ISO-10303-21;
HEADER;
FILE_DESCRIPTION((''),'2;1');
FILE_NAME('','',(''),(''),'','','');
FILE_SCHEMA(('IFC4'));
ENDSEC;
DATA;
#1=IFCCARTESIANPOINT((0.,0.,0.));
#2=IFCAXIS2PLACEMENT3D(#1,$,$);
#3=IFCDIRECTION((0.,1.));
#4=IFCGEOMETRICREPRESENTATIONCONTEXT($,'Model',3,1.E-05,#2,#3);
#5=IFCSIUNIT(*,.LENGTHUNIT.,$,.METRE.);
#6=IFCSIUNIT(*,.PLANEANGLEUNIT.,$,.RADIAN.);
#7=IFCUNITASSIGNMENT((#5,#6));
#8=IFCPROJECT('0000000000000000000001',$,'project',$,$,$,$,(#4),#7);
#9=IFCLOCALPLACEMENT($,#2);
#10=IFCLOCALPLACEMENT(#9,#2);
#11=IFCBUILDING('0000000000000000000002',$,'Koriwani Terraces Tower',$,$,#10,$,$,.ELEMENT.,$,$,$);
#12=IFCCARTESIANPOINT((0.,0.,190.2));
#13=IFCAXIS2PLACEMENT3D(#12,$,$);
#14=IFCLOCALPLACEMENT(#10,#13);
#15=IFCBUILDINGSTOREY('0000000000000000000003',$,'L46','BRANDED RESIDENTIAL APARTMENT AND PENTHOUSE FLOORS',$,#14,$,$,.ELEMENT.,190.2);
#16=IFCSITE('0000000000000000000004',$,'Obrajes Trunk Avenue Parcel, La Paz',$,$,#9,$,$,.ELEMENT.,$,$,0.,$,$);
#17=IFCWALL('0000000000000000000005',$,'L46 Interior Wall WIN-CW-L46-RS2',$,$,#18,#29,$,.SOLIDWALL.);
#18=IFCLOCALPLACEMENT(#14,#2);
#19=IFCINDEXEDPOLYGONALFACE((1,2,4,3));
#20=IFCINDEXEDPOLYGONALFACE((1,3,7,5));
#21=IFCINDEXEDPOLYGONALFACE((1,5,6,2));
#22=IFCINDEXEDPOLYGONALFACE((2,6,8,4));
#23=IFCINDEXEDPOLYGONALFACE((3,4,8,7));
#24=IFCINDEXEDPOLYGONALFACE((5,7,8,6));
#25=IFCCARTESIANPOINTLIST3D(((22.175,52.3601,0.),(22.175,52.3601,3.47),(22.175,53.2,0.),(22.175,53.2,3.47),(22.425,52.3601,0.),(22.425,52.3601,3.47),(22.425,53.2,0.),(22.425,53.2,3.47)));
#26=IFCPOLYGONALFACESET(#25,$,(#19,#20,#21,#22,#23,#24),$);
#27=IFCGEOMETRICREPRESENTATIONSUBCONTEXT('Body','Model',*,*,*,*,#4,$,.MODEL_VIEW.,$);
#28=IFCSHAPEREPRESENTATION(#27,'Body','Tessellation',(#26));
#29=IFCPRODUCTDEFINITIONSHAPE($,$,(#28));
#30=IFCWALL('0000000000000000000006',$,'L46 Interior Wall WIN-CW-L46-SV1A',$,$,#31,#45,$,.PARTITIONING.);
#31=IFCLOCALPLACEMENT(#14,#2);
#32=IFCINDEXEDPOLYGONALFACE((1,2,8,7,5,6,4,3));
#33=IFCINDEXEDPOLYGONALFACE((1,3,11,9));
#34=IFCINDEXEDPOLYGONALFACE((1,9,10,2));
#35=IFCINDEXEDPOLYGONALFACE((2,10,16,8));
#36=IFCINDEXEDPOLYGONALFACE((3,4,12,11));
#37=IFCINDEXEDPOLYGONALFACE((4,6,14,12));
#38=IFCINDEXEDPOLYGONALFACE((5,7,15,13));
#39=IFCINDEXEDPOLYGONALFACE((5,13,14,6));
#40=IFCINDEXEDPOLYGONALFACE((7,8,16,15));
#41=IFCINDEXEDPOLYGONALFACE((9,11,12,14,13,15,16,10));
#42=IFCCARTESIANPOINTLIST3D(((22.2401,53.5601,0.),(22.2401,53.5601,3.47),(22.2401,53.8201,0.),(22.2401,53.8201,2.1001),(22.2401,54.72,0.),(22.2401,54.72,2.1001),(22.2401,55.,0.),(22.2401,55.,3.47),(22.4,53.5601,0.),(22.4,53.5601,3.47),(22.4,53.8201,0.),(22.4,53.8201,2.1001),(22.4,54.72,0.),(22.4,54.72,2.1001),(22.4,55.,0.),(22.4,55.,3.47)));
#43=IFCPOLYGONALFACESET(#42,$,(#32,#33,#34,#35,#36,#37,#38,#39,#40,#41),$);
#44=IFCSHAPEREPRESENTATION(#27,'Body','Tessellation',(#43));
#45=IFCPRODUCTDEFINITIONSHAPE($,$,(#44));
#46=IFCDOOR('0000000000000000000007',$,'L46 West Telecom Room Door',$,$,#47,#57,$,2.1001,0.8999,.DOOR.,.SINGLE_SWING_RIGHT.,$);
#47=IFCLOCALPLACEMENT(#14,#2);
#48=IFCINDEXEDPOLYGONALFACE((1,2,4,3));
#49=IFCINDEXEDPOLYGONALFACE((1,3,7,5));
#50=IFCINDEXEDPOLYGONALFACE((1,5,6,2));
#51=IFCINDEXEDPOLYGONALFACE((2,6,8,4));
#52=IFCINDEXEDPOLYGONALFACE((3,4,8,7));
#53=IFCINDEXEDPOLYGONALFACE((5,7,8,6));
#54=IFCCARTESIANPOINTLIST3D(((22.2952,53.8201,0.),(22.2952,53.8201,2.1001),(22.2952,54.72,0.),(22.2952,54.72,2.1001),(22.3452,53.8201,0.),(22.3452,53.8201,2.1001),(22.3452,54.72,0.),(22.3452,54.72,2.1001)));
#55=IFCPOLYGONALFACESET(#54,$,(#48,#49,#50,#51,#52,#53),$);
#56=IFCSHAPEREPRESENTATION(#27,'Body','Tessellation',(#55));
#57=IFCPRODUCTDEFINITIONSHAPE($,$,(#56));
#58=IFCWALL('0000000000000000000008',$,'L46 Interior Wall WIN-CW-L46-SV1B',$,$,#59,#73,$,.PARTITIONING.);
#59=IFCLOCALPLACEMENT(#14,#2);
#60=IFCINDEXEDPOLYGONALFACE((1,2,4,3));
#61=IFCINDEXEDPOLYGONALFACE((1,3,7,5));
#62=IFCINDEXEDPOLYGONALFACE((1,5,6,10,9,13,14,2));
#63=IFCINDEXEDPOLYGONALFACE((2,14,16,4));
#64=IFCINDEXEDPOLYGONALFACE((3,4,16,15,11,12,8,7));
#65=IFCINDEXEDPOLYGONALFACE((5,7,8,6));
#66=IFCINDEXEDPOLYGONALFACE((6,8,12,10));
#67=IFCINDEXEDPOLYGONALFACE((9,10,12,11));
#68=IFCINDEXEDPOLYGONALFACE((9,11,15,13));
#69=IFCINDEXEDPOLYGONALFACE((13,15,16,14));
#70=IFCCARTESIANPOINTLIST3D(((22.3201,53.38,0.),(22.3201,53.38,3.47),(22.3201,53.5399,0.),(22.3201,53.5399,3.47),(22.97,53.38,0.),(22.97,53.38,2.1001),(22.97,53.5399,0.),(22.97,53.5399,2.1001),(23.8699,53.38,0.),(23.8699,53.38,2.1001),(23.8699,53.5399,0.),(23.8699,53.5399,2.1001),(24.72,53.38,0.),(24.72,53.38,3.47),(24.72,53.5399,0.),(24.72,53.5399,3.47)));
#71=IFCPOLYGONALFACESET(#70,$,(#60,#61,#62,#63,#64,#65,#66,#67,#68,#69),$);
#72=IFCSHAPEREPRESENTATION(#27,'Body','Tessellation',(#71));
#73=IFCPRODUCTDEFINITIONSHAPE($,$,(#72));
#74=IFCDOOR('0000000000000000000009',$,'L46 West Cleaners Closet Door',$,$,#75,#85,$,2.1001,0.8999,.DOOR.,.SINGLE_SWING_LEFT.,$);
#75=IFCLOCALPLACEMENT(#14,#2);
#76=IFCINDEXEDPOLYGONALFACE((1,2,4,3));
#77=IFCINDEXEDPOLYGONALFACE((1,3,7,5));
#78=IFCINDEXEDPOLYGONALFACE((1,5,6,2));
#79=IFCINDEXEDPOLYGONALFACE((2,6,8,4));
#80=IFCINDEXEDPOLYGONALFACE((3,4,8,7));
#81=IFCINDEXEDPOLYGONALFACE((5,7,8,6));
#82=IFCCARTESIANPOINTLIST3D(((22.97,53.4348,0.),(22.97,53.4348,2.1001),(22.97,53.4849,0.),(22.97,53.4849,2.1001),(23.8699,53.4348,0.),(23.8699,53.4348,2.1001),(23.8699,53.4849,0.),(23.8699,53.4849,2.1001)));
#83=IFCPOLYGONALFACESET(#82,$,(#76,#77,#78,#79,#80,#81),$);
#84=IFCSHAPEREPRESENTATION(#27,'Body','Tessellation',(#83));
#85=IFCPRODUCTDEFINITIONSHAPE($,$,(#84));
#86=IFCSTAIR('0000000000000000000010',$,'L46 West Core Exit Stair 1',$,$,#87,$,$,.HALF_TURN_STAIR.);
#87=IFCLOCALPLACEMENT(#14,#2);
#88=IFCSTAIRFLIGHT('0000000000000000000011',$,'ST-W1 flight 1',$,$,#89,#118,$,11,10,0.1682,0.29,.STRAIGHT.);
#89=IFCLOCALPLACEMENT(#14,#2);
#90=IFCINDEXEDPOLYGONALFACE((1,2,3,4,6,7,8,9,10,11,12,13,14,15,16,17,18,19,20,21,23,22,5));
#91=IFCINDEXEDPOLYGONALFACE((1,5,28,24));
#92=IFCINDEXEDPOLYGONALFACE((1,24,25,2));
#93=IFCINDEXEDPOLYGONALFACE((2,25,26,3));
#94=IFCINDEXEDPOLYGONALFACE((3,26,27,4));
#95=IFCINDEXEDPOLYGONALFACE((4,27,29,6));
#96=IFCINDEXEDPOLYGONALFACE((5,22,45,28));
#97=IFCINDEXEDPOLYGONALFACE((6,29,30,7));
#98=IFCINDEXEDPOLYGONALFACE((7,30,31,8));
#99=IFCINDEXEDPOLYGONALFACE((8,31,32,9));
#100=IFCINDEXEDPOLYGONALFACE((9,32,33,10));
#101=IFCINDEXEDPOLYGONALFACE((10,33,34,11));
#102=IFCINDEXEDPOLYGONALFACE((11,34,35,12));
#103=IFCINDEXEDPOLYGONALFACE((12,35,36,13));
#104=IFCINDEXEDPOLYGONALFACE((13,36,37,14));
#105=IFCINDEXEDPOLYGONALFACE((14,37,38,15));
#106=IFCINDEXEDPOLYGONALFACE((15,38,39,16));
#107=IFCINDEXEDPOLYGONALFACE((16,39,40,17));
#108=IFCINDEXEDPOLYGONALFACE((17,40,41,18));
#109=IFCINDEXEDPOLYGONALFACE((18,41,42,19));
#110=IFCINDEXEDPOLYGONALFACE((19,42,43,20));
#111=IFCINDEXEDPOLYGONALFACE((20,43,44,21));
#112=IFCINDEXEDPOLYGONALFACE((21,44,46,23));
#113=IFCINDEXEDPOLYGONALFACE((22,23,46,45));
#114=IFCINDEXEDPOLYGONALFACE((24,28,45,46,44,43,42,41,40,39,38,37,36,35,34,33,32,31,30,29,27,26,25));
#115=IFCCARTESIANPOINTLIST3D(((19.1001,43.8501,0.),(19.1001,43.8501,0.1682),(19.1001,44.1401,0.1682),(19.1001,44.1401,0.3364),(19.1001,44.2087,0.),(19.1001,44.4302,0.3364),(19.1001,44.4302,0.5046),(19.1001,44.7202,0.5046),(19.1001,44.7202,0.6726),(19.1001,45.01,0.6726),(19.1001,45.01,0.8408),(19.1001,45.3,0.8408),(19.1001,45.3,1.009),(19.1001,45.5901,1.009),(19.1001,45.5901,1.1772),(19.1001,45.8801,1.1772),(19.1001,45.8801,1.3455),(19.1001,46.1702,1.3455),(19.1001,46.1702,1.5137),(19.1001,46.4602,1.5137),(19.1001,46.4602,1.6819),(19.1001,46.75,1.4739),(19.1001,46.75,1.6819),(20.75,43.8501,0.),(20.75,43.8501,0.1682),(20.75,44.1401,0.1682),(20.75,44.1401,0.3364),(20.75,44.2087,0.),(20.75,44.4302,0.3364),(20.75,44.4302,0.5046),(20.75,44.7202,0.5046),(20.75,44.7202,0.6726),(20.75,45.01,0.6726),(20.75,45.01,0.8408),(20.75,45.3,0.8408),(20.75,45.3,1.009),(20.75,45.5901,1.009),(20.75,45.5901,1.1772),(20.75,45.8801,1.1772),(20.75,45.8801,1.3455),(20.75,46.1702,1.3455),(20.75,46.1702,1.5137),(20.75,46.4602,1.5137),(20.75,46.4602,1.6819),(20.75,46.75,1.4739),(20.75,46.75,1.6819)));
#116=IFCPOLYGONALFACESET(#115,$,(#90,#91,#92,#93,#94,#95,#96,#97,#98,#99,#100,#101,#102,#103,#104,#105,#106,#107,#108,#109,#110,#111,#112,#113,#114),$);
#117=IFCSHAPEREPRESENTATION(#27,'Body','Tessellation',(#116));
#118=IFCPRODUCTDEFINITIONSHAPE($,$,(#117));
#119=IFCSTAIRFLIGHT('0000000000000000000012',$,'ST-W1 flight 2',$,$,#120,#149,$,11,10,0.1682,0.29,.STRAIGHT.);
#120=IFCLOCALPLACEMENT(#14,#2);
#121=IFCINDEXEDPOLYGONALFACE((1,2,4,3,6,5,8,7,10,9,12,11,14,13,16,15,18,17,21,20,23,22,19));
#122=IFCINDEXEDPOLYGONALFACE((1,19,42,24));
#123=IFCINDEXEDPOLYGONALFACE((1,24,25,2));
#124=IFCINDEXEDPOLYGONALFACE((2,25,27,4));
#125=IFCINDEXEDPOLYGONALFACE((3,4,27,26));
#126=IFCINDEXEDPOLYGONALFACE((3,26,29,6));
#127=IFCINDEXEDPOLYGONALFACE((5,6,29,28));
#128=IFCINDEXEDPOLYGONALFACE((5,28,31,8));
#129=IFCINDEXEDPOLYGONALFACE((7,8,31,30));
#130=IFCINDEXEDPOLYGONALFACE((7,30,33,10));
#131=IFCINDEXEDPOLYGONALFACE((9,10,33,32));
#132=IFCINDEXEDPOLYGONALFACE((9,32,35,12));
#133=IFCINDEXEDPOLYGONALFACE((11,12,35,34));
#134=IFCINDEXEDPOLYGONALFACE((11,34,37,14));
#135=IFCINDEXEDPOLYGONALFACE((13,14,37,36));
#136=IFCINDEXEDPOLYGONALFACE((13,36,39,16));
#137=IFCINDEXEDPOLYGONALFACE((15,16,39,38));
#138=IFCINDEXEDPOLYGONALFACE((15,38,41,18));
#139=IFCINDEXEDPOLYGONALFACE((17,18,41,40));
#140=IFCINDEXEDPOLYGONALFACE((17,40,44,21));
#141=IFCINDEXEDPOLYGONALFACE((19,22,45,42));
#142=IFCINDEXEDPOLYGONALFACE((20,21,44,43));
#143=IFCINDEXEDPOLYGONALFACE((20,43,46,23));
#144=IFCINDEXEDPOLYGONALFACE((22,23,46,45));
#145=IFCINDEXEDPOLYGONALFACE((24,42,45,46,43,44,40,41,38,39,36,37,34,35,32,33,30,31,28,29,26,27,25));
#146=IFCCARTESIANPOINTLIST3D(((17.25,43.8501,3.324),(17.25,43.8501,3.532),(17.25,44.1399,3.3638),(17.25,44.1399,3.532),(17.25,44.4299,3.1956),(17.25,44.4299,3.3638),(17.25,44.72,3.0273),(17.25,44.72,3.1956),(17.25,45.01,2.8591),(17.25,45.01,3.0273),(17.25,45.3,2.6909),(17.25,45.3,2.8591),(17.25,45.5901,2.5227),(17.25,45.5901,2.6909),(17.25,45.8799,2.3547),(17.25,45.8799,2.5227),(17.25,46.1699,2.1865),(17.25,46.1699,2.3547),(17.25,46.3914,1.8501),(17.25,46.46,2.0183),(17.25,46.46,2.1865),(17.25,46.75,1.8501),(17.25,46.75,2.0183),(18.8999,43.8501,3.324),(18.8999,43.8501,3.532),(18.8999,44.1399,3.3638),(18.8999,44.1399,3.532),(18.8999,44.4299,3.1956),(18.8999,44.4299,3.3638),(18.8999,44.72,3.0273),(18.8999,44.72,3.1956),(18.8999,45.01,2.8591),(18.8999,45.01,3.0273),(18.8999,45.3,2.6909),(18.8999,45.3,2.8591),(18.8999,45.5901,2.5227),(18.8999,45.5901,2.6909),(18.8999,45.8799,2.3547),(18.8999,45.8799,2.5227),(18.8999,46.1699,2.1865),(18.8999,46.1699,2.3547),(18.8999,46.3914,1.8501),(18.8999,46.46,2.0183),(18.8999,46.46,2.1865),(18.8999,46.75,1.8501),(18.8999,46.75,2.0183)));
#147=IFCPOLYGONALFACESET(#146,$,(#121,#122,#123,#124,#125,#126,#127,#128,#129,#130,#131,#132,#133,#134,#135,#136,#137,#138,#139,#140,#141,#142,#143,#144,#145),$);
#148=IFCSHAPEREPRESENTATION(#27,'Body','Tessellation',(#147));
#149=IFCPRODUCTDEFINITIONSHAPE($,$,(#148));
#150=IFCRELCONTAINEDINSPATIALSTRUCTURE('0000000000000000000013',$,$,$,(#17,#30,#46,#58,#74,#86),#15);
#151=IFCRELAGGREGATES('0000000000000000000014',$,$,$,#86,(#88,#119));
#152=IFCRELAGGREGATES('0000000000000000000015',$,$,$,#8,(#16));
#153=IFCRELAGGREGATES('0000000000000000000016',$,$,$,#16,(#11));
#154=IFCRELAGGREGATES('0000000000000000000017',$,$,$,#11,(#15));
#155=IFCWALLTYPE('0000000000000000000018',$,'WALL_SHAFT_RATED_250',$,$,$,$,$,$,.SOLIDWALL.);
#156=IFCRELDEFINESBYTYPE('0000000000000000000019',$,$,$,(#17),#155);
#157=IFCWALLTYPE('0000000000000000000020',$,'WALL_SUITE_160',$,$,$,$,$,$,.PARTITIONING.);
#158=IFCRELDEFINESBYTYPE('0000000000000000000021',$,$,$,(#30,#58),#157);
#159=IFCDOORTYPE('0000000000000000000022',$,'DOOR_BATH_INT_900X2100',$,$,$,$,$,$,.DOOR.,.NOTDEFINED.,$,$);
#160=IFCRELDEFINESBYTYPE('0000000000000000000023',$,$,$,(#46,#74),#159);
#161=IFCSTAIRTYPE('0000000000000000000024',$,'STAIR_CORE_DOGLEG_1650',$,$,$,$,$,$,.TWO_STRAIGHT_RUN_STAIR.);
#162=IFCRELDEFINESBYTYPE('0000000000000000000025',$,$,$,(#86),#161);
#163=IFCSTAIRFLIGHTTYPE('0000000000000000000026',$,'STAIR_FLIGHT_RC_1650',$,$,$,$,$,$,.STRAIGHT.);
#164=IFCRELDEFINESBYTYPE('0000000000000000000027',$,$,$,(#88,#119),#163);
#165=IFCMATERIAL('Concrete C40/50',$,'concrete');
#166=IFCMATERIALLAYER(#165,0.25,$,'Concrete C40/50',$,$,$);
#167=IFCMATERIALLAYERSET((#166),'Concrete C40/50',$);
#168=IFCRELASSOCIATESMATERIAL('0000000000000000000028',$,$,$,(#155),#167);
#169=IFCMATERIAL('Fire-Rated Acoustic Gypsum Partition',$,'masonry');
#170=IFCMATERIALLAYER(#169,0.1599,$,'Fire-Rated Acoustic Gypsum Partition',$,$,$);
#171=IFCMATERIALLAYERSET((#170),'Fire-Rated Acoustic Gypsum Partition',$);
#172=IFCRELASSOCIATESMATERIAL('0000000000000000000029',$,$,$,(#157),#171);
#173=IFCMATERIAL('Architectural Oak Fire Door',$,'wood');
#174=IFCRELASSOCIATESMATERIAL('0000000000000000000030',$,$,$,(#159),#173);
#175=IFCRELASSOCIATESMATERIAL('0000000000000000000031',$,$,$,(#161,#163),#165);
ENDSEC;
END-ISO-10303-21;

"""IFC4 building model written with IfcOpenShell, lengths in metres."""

from ifc_helpers import new_model, si_unit, direction, frame, frame_2d, origin, place, context, subcontext, project, spatial, polyline, rectangle, outline, extrude, material, layer, layer_set, type_object, element, fill, aggregate, save


model = new_model("IFC4")

# Units and contexts
model_context = context("Model", 3, precision=1e-05, world=origin(), true_north=direction((0.0, 1.0)))
body_context = subcontext(model_context, "Body", "Model", "MODEL_VIEW")
ifc_project = project(units=[si_unit("LENGTHUNIT", "METRE"), si_unit("PLANEANGLEUNIT", "RADIAN")], contexts=[model_context])

# Site, building, storey
site_placement = place(None, origin())
site = spatial("IfcSite", under=ifc_project, at=site_placement, Name="Obrajes Trunk Avenue Parcel, La Paz", CompositionType="ELEMENT", RefElevation=0.0)
building_placement = place(site_placement, origin())
building = spatial("IfcBuilding", under=site, at=building_placement, Name="Koriwani Terraces Tower", CompositionType="ELEMENT")
storey_placement = place(building_placement, frame((0.0, 0.0, 190.2)))
storey = spatial("IfcBuildingStorey", under=building, at=storey_placement, Name="L46", Description="BRANDED RESIDENTIAL APARTMENT AND PENTHOUSE FLOORS", CompositionType="ELEMENT", Elevation=190.2)

# Shared definitions
ifc_material_1 = material(Name="Concrete C40/50", Category="concrete")
ifc_layer_1 = layer(ifc_material_1, 0.25, Name="Concrete C40/50")
ifc_layer_set_1 = layer_set([ifc_layer_1], Name="Concrete C40/50")
wall_type_1 = type_object("IfcWallType", Name="WALL_SHAFT_RATED_250", PredefinedType="SOLIDWALL", material=ifc_layer_set_1)

# Wall
wall_1_placement = place(storey_placement, frame((22.3, 52.3601, 0.0), z_axis=(0.0, 0.0, 1.0), x_axis=(0.0, 1.0, 0.0)))
element("IfcWall", 1, at=wall_1_placement, inside=storey, type_object=wall_type_1, Name="L46 Interior Wall WIN-CW-L46-RS2", PredefinedType="SOLIDWALL", context=body_context, shape_type="SweptSolid", body=[
    extrude(rectangle(XDim=0.8398, YDim=0.25, at=frame_2d((0.4199, 0.0))), origin(), (0.0, 0.0, 1.0), 3.47),
])

# Walls, openings, doors
ifc_material_2 = material(Name="Fire-Rated Acoustic Gypsum Partition", Category="masonry")
ifc_layer_2 = layer(ifc_material_2, 0.1599, Name="Fire-Rated Acoustic Gypsum Partition")
ifc_layer_set_2 = layer_set([ifc_layer_2], Name="Fire-Rated Acoustic Gypsum Partition")
wall_type_2 = type_object("IfcWallType", Name="WALL_SUITE_160", PredefinedType="PARTITIONING", material=ifc_layer_set_2)
wall_2_placement = place(storey_placement, frame((22.3201, 53.5601, 0.0), z_axis=(0.0, 0.0, 1.0), x_axis=(0.0, 1.0, 0.0)))
wall_2 = element("IfcWall", 2, at=wall_2_placement, inside=storey, type_object=wall_type_2, Name="L46 Interior Wall WIN-CW-L46-SV1A", PredefinedType="PARTITIONING", context=body_context, shape_type="SweptSolid", body=[
    extrude(rectangle(XDim=1.4399, YDim=0.1599, at=frame_2d((0.72, 0.0))), origin(), (0.0, 0.0, 1.0), 3.47),
])
opening_1_placement = place(wall_2_placement, frame((0.26, 0.0, 0.0)))
opening_1 = element("IfcOpeningElement", 3, at=opening_1_placement, cuts=wall_2, PredefinedType="OPENING", context=body_context, shape_type="SweptSolid", body=[
    extrude(rectangle(XDim=0.8999, YDim=2.1001, at=frame_2d((0.45, 1.05))), frame((0.0, 0.0898, 0.0), z_axis=(0.0, -1.0, 0.0), x_axis=(1.0, 0.0, 0.0)), (0.0, 0.0, 1.0), 0.1799),
])
ifc_material_3 = material(Name="Architectural Oak Fire Door", Category="wood")
door_type_1 = type_object("IfcDoorType", Name="DOOR_BATH_INT_900X2100", OperationType="NOTDEFINED", PredefinedType="DOOR", material=ifc_material_3)
door_1_placement = place(opening_1_placement, origin())
door_1 = element("IfcDoor", 4, at=door_1_placement, inside=storey, type_object=door_type_1, Name="L46 West Telecom Room Door", OperationType="SINGLE_SWING_RIGHT", OverallHeight=2.1001, OverallWidth=0.8999, PredefinedType="DOOR", context=body_context, shape_type="SweptSolid", body=[
    extrude(rectangle(XDim=0.8999, YDim=2.1001, at=frame_2d((0.45, 1.05))), frame((0.0, 0.0249, 0.0), z_axis=(0.0, -1.0, 0.0), x_axis=(1.0, 0.0, 0.0)), (0.0, 0.0, 1.0), 0.05),
])
fill(opening_1, door_1)
wall_3_placement = place(storey_placement, frame((22.3201, 53.46, 0.0), z_axis=(0.0, 0.0, 1.0), x_axis=(1.0, 0.0, 0.0)))
wall_3 = element("IfcWall", 5, at=wall_3_placement, inside=storey, type_object=wall_type_2, Name="L46 Interior Wall WIN-CW-L46-SV1B", PredefinedType="PARTITIONING", context=body_context, shape_type="SweptSolid", body=[
    extrude(rectangle(XDim=2.3999, YDim=0.1599, at=frame_2d((1.2, 0.0))), origin(), (0.0, 0.0, 1.0), 3.47),
])
opening_2_placement = place(wall_3_placement, frame((0.6499, 0.0, 0.0)))
opening_2 = element("IfcOpeningElement", 6, at=opening_2_placement, cuts=wall_3, PredefinedType="OPENING", context=body_context, shape_type="SweptSolid", body=[
    extrude(rectangle(XDim=0.8999, YDim=2.1001, at=frame_2d((0.45, 1.05))), frame((0.0, 0.0898, 0.0), z_axis=(0.0, -1.0, 0.0), x_axis=(1.0, 0.0, 0.0)), (0.0, 0.0, 1.0), 0.1799),
])
door_2_placement = place(opening_2_placement, origin())
door_2 = element("IfcDoor", 7, at=door_2_placement, inside=storey, type_object=door_type_1, Name="L46 West Cleaners Closet Door", OperationType="SINGLE_SWING_LEFT", OverallHeight=2.1001, OverallWidth=0.8999, PredefinedType="DOOR", context=body_context, shape_type="SweptSolid", body=[
    extrude(rectangle(XDim=0.8999, YDim=2.1001, at=frame_2d((0.45, 1.05))), frame((0.0, 0.0249, 0.0), z_axis=(0.0, -1.0, 0.0), x_axis=(1.0, 0.0, 0.0)), (0.0, 0.0, 1.0), 0.05),
])
fill(opening_2, door_2)

# Stair, stair flights
stair_type = type_object("IfcStairType", Name="STAIR_CORE_DOGLEG_1650", PredefinedType="TWO_STRAIGHT_RUN_STAIR", material=ifc_material_1)
stair_placement = place(storey_placement, origin())
stair = element("IfcStair", 8, at=stair_placement, inside=storey, type_object=stair_type, Name="L46 West Core Exit Stair 1", PredefinedType="HALF_TURN_STAIR")
stair_flight_type = type_object("IfcStairFlightType", Name="STAIR_FLIGHT_RC_1650", PredefinedType="STRAIGHT", material=ifc_material_1)
stair_flight_1_placement = place(storey_placement, frame((19.925, 43.8501, 0.0), z_axis=(0.0, 0.0, 1.0), x_axis=(0.0, 1.0, 0.0)))
stair_flight_1 = element("IfcStairFlight", 9, at=stair_flight_1_placement, type_object=stair_flight_type, Name="ST-W1 flight 1", NumberOfRisers=11, NumberOfTreads=10, PredefinedType="STRAIGHT", RiserHeight=0.1682, TreadLength=0.29, context=body_context, shape_type="SweptSolid", body=[
    extrude(outline(polyline([(0.0, 0.0), (0.0, 0.1682), (0.29, 0.1682), (0.29, 0.3364), (0.5801, 0.3364), (0.5801, 0.5046), (0.8701, 0.5046), (0.8701, 0.6726), (1.1599, 0.6726), (1.1599, 0.8408), (1.45, 0.8408), (1.45, 1.009), (1.74, 1.009), (1.74, 1.1772), (2.03, 1.1772), (2.03, 1.3455), (2.3201, 1.3455), (2.3201, 1.5137), (2.6101, 1.5137), (2.6101, 1.6819), (2.8999, 1.6819), (2.8999, 1.8501), (2.8999, 1.4739), (0.3586, 0.0), (0.0, 0.0)])), frame((0.0, 0.825, 0.0), z_axis=(0.0, -1.0, 0.0), x_axis=(1.0, 0.0, 0.0)), (0.0, 0.0, 1.0), 1.6499),
])
stair_flight_2_placement = place(storey_placement, frame((18.075, 46.75, 1.8501), z_axis=(0.0, 0.0, 1.0), x_axis=(0.0, -1.0, 0.0)))
stair_flight_2 = element("IfcStairFlight", 10, at=stair_flight_2_placement, type_object=stair_flight_type, Name="ST-W1 flight 2", NumberOfRisers=11, NumberOfTreads=10, PredefinedType="STRAIGHT", RiserHeight=0.1682, TreadLength=0.29, context=body_context, shape_type="SweptSolid", body=[
    extrude(outline(polyline([(0.0, 0.0), (0.0, 0.1682), (0.29, 0.1682), (0.29, 0.3364), (0.5801, 0.3364), (0.5801, 0.5046), (0.8701, 0.5046), (0.8701, 0.6726), (1.1599, 0.6726), (1.1599, 0.8408), (1.45, 0.8408), (1.45, 1.009), (1.74, 1.009), (1.74, 1.1772), (2.03, 1.1772), (2.03, 1.3455), (2.3201, 1.3455), (2.3201, 1.5137), (2.6101, 1.5137), (2.6101, 1.6819), (2.8999, 1.6819), (2.8999, 1.8501), (2.8999, 1.4739), (0.3586, 0.0), (0.0, 0.0)])), frame((0.0, 0.825, 0.0), z_axis=(0.0, -1.0, 0.0), x_axis=(1.0, 0.0, 0.0)), (0.0, 0.0, 1.0), 1.6499),
])
aggregate(stair, [stair_flight_1, stair_flight_2])

save(model, "model.ifc")
